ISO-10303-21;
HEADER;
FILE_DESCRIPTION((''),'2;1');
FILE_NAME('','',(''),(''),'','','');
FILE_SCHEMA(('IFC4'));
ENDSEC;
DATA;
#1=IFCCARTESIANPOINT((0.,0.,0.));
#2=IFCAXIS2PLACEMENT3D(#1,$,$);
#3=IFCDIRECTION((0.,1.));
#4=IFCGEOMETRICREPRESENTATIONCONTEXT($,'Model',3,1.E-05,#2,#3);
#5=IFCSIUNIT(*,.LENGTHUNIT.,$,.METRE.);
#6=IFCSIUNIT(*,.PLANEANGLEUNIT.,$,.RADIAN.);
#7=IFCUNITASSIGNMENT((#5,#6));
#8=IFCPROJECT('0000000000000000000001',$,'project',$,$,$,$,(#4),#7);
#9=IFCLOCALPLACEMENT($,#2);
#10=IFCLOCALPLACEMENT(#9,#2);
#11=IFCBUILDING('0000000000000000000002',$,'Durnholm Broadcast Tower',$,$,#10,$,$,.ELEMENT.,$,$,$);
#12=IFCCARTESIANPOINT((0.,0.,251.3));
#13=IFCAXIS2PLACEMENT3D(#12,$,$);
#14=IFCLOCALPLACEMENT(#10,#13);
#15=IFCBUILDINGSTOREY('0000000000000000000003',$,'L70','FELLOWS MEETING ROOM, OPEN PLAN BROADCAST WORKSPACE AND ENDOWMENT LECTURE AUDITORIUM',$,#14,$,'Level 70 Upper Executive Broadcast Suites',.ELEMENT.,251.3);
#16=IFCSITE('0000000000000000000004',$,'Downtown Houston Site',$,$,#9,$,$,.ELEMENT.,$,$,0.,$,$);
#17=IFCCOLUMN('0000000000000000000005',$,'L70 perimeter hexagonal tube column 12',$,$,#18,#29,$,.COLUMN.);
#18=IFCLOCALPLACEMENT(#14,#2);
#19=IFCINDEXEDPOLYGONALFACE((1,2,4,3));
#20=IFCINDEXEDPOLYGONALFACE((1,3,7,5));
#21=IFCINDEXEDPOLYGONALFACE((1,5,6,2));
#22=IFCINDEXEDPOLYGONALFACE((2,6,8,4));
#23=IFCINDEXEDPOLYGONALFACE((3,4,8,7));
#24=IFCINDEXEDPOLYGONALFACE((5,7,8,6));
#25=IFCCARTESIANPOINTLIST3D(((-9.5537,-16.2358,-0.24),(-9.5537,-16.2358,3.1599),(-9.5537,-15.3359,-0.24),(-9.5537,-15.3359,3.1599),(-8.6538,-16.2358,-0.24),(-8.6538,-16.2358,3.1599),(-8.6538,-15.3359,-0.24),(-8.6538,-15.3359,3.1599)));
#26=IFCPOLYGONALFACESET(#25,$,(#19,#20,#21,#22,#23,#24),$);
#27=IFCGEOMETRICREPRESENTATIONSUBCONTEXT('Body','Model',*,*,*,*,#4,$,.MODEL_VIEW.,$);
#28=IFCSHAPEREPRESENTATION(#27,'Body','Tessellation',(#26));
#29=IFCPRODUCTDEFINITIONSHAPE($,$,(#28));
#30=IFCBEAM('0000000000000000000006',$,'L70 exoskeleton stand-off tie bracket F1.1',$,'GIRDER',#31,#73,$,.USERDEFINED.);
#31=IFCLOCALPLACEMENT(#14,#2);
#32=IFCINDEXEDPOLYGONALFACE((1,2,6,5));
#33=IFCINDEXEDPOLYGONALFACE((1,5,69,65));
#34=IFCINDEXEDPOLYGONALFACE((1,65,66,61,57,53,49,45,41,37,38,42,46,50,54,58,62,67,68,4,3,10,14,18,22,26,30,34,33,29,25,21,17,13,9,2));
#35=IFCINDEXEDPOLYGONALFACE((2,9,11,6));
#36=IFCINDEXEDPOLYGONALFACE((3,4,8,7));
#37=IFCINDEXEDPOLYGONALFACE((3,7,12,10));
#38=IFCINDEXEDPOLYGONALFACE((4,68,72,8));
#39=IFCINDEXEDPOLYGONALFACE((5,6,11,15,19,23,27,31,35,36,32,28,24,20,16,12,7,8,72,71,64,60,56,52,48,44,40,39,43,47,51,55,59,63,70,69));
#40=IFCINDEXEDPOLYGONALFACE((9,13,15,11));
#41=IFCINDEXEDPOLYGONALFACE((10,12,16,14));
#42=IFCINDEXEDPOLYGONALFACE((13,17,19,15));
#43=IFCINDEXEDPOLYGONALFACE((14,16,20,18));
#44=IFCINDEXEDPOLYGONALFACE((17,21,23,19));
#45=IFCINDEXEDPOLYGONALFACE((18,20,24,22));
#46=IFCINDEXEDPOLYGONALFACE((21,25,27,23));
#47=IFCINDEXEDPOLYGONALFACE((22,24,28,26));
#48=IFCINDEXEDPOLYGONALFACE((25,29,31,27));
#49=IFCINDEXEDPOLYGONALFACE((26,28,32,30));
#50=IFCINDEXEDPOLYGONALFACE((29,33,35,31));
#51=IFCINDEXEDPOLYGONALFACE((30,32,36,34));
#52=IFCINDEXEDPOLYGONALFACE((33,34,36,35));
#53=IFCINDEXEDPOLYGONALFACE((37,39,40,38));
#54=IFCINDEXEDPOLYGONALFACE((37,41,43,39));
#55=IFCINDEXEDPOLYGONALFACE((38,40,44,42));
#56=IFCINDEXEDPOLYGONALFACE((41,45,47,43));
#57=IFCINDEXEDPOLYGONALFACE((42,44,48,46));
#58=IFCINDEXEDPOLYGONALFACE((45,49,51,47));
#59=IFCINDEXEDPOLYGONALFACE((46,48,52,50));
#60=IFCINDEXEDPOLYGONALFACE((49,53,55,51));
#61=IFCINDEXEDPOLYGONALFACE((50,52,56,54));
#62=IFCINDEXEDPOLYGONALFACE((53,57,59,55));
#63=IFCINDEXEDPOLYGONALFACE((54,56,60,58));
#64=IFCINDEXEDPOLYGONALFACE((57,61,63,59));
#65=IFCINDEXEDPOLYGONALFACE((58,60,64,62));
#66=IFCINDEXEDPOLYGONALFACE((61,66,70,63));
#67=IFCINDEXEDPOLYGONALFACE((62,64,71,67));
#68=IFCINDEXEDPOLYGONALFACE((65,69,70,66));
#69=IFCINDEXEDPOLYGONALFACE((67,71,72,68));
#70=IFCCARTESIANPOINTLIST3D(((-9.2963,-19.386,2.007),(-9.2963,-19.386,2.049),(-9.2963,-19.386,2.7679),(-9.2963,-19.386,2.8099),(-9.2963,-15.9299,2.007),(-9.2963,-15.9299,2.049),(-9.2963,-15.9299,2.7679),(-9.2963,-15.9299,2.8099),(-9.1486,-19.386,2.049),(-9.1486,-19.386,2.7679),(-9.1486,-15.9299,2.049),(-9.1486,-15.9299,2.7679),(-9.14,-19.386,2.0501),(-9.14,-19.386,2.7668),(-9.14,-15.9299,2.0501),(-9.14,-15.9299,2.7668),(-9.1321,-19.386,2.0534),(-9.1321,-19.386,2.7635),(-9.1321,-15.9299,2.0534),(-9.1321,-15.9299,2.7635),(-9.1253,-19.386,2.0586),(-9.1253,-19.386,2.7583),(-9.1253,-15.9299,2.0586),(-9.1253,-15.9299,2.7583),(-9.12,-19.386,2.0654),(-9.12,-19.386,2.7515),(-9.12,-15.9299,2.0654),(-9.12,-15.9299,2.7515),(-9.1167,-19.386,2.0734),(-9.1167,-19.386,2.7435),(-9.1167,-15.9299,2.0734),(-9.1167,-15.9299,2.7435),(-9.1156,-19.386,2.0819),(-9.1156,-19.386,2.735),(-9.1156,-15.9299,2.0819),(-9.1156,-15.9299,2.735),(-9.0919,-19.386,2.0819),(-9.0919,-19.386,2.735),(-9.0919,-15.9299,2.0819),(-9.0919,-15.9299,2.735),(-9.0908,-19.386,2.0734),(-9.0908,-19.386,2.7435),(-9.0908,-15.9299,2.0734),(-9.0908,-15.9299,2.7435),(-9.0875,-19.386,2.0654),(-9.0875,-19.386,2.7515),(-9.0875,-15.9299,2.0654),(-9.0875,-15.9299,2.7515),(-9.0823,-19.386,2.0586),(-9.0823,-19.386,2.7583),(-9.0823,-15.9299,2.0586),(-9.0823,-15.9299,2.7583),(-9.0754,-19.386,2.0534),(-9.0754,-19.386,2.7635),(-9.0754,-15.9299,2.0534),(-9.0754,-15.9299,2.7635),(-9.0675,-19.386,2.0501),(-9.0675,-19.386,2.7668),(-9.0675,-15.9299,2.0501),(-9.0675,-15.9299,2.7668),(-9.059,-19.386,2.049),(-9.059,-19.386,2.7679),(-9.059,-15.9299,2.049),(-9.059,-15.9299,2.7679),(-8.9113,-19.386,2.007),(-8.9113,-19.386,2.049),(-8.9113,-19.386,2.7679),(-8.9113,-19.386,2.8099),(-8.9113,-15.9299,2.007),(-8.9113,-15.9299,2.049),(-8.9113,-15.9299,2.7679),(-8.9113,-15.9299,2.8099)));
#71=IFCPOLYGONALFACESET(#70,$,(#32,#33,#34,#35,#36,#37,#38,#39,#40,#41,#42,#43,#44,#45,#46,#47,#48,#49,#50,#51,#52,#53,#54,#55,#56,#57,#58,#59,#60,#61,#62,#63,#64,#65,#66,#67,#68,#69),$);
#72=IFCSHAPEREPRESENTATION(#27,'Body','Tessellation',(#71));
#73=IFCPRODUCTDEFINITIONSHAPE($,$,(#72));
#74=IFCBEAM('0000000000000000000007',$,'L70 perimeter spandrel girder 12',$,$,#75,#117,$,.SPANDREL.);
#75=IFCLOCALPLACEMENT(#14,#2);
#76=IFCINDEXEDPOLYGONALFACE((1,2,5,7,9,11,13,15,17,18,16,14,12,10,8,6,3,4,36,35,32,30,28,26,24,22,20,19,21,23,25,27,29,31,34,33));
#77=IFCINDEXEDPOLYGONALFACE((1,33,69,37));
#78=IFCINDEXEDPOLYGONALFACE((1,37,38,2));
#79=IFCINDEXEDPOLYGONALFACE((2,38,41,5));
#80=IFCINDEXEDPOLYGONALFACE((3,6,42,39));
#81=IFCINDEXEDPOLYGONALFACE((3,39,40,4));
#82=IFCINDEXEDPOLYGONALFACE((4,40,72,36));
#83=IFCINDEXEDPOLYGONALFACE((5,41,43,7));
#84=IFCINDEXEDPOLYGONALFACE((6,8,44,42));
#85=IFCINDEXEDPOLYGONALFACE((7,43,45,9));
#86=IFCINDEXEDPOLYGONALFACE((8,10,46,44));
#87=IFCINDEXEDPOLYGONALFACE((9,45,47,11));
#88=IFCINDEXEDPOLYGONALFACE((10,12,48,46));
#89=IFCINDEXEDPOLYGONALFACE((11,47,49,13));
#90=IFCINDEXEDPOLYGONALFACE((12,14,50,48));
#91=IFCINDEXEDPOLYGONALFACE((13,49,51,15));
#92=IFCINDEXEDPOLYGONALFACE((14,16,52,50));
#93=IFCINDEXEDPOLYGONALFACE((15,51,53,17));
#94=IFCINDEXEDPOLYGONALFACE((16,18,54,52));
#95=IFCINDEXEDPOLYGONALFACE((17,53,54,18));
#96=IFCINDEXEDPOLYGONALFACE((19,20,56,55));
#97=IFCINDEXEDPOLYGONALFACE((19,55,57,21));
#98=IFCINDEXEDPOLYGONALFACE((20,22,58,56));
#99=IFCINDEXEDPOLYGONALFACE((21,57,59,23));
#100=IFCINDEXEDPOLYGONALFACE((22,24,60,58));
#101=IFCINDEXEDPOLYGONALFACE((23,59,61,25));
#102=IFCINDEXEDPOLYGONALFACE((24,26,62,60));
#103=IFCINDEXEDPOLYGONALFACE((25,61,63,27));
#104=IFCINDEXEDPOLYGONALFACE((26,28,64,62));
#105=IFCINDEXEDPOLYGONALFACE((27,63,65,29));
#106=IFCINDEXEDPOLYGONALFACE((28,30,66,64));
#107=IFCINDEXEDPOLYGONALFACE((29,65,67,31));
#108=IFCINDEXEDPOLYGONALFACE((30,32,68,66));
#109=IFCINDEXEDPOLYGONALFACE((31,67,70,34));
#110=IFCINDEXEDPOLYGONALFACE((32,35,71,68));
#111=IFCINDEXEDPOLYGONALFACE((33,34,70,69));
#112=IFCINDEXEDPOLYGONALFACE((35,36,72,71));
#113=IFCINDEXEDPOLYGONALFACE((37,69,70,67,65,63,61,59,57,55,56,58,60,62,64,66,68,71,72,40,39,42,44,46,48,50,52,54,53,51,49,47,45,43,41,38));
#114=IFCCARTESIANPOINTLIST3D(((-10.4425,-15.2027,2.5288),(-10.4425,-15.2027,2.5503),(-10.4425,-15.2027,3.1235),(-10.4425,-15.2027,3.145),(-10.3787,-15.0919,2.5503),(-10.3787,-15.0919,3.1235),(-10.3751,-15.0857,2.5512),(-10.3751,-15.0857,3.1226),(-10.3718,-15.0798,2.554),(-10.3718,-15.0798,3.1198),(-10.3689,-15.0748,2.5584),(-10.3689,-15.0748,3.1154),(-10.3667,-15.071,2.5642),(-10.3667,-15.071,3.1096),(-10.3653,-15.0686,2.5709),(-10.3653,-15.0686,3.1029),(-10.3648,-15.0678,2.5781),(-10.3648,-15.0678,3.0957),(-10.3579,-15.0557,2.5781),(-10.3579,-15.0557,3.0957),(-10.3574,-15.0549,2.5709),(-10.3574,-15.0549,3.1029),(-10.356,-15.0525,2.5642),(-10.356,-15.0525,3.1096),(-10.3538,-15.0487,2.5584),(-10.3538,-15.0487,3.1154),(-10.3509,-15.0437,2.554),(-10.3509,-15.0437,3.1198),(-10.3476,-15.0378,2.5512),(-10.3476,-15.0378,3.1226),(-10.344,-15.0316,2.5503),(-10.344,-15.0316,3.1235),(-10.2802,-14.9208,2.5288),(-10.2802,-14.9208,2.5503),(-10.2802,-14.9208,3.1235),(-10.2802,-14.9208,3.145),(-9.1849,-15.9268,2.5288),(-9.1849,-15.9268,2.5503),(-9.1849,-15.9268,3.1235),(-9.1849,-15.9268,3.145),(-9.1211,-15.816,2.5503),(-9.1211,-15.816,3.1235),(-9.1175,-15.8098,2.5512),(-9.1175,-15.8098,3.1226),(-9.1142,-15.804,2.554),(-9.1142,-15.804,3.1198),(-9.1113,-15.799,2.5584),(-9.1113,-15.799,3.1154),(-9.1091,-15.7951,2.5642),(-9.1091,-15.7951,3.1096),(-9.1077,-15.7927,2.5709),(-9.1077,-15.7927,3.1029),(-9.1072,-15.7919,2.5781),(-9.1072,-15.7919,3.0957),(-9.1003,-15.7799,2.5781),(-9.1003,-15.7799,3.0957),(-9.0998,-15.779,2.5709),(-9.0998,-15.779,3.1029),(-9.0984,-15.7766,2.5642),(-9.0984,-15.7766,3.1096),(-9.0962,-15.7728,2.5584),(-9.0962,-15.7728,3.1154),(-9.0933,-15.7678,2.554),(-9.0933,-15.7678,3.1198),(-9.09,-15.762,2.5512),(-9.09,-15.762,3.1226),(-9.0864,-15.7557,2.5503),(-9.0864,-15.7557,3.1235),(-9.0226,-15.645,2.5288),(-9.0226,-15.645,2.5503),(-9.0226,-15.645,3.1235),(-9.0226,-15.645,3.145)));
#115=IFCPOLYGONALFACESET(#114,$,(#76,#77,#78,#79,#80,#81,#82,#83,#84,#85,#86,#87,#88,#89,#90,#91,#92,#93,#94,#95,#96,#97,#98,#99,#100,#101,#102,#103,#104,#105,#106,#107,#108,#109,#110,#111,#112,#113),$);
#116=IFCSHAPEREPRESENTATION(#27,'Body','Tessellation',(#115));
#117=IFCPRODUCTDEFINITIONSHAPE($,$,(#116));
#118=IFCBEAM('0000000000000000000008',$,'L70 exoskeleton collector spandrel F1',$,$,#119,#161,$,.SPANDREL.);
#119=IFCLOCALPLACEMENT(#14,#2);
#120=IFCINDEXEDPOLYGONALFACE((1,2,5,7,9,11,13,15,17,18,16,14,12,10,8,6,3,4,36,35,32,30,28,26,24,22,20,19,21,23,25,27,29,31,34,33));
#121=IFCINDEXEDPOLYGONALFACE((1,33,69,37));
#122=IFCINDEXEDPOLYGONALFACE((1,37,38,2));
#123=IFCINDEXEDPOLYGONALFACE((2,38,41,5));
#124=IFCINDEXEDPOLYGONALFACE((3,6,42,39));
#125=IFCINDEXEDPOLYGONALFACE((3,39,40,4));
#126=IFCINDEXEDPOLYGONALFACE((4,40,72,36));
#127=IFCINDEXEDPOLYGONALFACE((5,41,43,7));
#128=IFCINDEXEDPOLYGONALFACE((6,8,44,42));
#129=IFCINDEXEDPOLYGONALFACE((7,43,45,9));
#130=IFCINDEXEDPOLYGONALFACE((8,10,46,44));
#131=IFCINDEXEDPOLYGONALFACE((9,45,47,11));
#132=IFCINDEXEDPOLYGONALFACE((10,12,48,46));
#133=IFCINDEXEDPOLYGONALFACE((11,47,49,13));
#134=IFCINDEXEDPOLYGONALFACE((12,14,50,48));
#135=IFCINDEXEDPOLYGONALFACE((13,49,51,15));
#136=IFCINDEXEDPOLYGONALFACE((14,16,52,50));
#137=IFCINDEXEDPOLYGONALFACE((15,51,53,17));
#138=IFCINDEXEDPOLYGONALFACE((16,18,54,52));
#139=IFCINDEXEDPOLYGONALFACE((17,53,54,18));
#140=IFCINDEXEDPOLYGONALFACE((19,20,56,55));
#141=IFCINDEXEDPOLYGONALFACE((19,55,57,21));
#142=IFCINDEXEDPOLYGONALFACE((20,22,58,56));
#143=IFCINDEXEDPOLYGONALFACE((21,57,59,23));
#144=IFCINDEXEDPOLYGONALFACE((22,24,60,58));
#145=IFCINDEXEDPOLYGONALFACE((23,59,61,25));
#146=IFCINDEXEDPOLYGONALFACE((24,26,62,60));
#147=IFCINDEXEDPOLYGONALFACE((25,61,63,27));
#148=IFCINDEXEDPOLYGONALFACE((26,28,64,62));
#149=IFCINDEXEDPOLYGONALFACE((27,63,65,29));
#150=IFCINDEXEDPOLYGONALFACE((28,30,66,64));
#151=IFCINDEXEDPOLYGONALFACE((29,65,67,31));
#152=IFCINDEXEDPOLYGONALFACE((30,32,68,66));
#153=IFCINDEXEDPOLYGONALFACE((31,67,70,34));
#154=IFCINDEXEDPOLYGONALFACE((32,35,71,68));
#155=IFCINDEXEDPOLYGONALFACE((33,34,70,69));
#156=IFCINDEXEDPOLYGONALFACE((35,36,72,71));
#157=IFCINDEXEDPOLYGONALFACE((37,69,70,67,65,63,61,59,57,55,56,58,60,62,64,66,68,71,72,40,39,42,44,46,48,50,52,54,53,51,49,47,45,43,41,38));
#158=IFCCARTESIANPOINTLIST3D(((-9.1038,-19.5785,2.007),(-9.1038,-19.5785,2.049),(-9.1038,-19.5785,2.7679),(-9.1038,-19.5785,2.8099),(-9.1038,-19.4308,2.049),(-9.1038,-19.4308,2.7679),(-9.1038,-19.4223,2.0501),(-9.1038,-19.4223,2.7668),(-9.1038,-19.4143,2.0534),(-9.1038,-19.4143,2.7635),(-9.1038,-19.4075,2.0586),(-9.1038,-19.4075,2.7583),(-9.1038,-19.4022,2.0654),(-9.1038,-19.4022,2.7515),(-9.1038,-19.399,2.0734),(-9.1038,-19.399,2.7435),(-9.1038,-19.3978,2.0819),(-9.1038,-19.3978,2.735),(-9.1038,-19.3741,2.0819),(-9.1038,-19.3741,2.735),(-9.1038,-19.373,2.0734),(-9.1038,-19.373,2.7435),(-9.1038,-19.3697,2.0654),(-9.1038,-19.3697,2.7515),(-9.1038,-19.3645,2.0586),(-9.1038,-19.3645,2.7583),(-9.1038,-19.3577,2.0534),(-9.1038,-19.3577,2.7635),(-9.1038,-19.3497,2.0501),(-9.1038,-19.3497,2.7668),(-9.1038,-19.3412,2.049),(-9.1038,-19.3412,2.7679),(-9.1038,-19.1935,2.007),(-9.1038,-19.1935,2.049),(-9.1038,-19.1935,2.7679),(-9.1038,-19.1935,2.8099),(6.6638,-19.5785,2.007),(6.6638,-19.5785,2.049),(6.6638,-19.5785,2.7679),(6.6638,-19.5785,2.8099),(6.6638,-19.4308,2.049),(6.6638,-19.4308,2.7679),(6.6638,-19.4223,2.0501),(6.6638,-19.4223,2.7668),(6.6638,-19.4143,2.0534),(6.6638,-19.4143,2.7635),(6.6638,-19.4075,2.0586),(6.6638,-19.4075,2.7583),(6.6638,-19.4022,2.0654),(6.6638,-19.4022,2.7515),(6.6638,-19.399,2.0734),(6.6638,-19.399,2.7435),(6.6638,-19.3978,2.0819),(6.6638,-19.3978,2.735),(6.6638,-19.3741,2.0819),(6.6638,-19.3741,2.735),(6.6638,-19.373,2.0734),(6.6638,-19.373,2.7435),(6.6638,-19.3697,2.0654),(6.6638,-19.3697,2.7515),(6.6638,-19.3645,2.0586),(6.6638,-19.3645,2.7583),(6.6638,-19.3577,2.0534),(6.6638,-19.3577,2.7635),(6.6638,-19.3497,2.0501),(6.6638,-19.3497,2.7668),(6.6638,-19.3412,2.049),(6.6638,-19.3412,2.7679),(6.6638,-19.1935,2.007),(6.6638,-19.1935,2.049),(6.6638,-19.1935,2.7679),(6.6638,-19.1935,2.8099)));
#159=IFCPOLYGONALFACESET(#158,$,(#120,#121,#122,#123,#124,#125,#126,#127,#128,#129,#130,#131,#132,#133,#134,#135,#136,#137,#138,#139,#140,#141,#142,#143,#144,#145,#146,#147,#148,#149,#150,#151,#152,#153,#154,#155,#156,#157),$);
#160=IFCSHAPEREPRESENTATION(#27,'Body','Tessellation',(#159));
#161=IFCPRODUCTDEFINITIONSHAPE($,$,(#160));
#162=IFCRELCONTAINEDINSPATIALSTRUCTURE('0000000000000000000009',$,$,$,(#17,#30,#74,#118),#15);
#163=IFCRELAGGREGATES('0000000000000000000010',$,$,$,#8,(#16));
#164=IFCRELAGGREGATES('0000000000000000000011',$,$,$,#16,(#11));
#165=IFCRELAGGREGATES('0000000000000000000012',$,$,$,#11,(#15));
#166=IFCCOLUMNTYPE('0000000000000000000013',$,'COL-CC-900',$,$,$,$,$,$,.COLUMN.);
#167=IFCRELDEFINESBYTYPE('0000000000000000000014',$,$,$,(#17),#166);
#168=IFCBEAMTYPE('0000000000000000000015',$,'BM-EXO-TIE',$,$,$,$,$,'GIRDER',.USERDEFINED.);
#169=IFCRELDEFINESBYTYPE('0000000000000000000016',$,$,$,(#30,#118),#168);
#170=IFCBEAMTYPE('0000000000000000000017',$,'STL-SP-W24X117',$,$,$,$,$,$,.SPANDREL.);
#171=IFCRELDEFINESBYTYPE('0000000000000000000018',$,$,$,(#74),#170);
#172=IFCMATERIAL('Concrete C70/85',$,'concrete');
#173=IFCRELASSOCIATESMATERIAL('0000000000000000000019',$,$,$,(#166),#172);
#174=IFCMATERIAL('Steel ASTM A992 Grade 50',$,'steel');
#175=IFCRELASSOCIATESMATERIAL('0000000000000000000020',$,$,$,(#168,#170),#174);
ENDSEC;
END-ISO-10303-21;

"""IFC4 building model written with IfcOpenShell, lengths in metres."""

from ifc_helpers import new_model, si_unit, direction, frame, origin, origin_2d, place, context, subcontext, project, spatial, rectangle, i_section, extrude, source, transform, mapped, material, material_profile, profile_set, type_object, type_shapes, element, save


model = new_model("IFC4")

# Units and contexts
model_context = context("Model", 3, precision=1e-05, world=origin(), true_north=direction((0.0, 1.0)))
body_context = subcontext(model_context, "Body", "Model", "MODEL_VIEW")
ifc_project = project(units=[si_unit("LENGTHUNIT", "METRE"), si_unit("PLANEANGLEUNIT", "RADIAN")], contexts=[model_context])

# Site, building, storey
site_placement = place(None, origin())
site = spatial("IfcSite", under=ifc_project, at=site_placement, Name="Downtown Houston Site", CompositionType="ELEMENT", RefElevation=0.0)
building_placement = place(site_placement, origin())
building = spatial("IfcBuilding", under=site, at=building_placement, Name="Durnholm Broadcast Tower", CompositionType="ELEMENT")
storey_placement = place(building_placement, frame((0.0, 0.0, 251.3)))
storey = spatial("IfcBuildingStorey", under=building, at=storey_placement, Name="L70", Description="FELLOWS MEETING ROOM, OPEN PLAN BROADCAST WORKSPACE AND ENDOWMENT LECTURE AUDITORIUM", LongName="Level 70 Upper Executive Broadcast Suites", CompositionType="ELEMENT", Elevation=251.3)

# Column
ifc_material_1 = material(Name="Concrete C70/85", Category="concrete")
ifc_material_profile_1 = material_profile(ifc_material_1, rectangle(XDim=0.8999, YDim=0.8999, at=origin_2d()), Name="RC900X900")
ifc_profile_set_1 = profile_set([ifc_material_profile_1], Name="Concrete C70/85")
column_type = type_object("IfcColumnType", Name="COL-CC-900", PredefinedType="COLUMN", material=ifc_profile_set_1)
shared_shape_1 = source(origin(), body_context, "Body", "SweptSolid", [
    extrude(rectangle(XDim=0.8999, YDim=0.8999, at=origin_2d()), origin(), (0.0, 0.0, 1.0), 3.3999),
])
type_shapes(column_type, [shared_shape_1])
column_placement = place(storey_placement, frame((-9.1038, -15.7859, -0.24), z_axis=(0.0, 0.0, 1.0), x_axis=(1.0, 0.0, 0.0)))
element("IfcColumn", 1, at=column_placement, inside=storey, type_object=column_type, Name="L70 perimeter hexagonal tube column 12", PredefinedType="COLUMN", context=body_context, shape_type="MappedRepresentation", body=[
    mapped(shared_shape_1, transform((0.0, 0.0, 0.0), x_axis=(1.0, 0.0, 0.0), y_axis=(0.0, 1.0, 0.0), z_axis=(0.0, 0.0, 1.0), scale=1.0)),
])

# Beams
ifc_material_2 = material(Name="Steel ASTM A992 Grade 50", Category="steel")
ifc_material_profile_2 = material_profile(ifc_material_2, i_section(OverallWidth=0.385, OverallDepth=0.803, WebThickness=0.0237, FlangeThickness=0.042, FilletRadius=0.033, at=origin_2d()), Name="W30X261")
ifc_profile_set_2 = profile_set([ifc_material_profile_2], Name="Steel ASTM A992 Grade 50")
beam_type_1 = type_object("IfcBeamType", Name="BM-EXO-TIE", ElementType="GIRDER", PredefinedType="USERDEFINED", material=ifc_profile_set_2)
shared_shape_2 = source(origin(), body_context, "Body", "SweptSolid", [
    extrude(i_section(OverallWidth=0.385, OverallDepth=0.803, WebThickness=0.0237, FlangeThickness=0.042, FilletRadius=0.033, at=origin_2d()), origin(), (0.0, 0.0, 1.0), 3.4561),
])
beam_1_placement = place(storey_placement, frame((-9.1038, -15.9299, 2.4084), z_axis=(0.0, -1.0, 0.0), x_axis=(1.0, 0.0, 0.0)))
element("IfcBeam", 2, at=beam_1_placement, inside=storey, type_object=beam_type_1, Name="L70 exoskeleton stand-off tie bracket F1.1", ObjectType="GIRDER", PredefinedType="USERDEFINED", context=body_context, shape_type="MappedRepresentation", body=[
    mapped(shared_shape_2, transform((0.0, 0.0, 0.0), x_axis=(1.0, 0.0, 0.0), y_axis=(0.0, 1.0, 0.0), z_axis=(0.0, 0.0, 1.0), scale=1.0)),
])
ifc_material_profile_3 = material_profile(ifc_material_2, i_section(OverallWidth=0.3252, OverallDepth=0.6162, WebThickness=0.0139, FlangeThickness=0.0215, FilletRadius=0.0278, at=origin_2d()), Name="W24X117")
ifc_profile_set_3 = profile_set([ifc_material_profile_3], Name="Steel ASTM A992 Grade 50")
beam_type_2 = type_object("IfcBeamType", Name="STL-SP-W24X117", PredefinedType="SPANDREL", material=ifc_profile_set_3)
shared_shape_3 = source(origin(), body_context, "Body", "SweptSolid", [
    extrude(i_section(OverallWidth=0.3252, OverallDepth=0.6162, WebThickness=0.0139, FlangeThickness=0.0215, FilletRadius=0.0278, at=origin_2d()), origin(), (0.0, 0.0, 1.0), 1.4512),
])
type_shapes(beam_type_2, [shared_shape_3])
beam_2_placement = place(storey_placement, frame((-9.1038, -15.7859, 2.8369), z_axis=(-0.866603, 0.498999, 0.0), x_axis=(-0.498999, -0.866603, 0.0)))
element("IfcBeam", 3, at=beam_2_placement, inside=storey, type_object=beam_type_2, Name="L70 perimeter spandrel girder 12", PredefinedType="SPANDREL", context=body_context, shape_type="MappedRepresentation", body=[
    mapped(shared_shape_3, transform((0.0, 0.0, 0.0), x_axis=(1.0, 0.0, 0.0), y_axis=(0.0, 1.0, 0.0), z_axis=(0.0, 0.0, 1.0), scale=1.0)),
])
shared_shape_4 = source(origin(), body_context, "Body", "SweptSolid", [
    extrude(i_section(OverallWidth=0.385, OverallDepth=0.803, WebThickness=0.0237, FlangeThickness=0.042, FilletRadius=0.033, at=origin_2d()), origin(), (0.0, 0.0, 1.0), 15.7676),
])
type_shapes(beam_type_1, [shared_shape_2, shared_shape_4])
beam_3_placement = place(storey_placement, frame((-9.1038, -19.386, 2.4084), z_axis=(1.0, 0.0, 0.0), x_axis=(0.0, 1.0, 0.0)))
element("IfcBeam", 4, at=beam_3_placement, inside=storey, type_object=beam_type_1, Name="L70 exoskeleton collector spandrel F1", PredefinedType="SPANDREL", context=body_context, shape_type="MappedRepresentation", body=[
    mapped(shared_shape_4, transform((0.0, 0.0, 0.0), x_axis=(1.0, 0.0, 0.0), y_axis=(0.0, 1.0, 0.0), z_axis=(0.0, 0.0, 1.0), scale=1.0)),
])

save(model, "model.ifc")
